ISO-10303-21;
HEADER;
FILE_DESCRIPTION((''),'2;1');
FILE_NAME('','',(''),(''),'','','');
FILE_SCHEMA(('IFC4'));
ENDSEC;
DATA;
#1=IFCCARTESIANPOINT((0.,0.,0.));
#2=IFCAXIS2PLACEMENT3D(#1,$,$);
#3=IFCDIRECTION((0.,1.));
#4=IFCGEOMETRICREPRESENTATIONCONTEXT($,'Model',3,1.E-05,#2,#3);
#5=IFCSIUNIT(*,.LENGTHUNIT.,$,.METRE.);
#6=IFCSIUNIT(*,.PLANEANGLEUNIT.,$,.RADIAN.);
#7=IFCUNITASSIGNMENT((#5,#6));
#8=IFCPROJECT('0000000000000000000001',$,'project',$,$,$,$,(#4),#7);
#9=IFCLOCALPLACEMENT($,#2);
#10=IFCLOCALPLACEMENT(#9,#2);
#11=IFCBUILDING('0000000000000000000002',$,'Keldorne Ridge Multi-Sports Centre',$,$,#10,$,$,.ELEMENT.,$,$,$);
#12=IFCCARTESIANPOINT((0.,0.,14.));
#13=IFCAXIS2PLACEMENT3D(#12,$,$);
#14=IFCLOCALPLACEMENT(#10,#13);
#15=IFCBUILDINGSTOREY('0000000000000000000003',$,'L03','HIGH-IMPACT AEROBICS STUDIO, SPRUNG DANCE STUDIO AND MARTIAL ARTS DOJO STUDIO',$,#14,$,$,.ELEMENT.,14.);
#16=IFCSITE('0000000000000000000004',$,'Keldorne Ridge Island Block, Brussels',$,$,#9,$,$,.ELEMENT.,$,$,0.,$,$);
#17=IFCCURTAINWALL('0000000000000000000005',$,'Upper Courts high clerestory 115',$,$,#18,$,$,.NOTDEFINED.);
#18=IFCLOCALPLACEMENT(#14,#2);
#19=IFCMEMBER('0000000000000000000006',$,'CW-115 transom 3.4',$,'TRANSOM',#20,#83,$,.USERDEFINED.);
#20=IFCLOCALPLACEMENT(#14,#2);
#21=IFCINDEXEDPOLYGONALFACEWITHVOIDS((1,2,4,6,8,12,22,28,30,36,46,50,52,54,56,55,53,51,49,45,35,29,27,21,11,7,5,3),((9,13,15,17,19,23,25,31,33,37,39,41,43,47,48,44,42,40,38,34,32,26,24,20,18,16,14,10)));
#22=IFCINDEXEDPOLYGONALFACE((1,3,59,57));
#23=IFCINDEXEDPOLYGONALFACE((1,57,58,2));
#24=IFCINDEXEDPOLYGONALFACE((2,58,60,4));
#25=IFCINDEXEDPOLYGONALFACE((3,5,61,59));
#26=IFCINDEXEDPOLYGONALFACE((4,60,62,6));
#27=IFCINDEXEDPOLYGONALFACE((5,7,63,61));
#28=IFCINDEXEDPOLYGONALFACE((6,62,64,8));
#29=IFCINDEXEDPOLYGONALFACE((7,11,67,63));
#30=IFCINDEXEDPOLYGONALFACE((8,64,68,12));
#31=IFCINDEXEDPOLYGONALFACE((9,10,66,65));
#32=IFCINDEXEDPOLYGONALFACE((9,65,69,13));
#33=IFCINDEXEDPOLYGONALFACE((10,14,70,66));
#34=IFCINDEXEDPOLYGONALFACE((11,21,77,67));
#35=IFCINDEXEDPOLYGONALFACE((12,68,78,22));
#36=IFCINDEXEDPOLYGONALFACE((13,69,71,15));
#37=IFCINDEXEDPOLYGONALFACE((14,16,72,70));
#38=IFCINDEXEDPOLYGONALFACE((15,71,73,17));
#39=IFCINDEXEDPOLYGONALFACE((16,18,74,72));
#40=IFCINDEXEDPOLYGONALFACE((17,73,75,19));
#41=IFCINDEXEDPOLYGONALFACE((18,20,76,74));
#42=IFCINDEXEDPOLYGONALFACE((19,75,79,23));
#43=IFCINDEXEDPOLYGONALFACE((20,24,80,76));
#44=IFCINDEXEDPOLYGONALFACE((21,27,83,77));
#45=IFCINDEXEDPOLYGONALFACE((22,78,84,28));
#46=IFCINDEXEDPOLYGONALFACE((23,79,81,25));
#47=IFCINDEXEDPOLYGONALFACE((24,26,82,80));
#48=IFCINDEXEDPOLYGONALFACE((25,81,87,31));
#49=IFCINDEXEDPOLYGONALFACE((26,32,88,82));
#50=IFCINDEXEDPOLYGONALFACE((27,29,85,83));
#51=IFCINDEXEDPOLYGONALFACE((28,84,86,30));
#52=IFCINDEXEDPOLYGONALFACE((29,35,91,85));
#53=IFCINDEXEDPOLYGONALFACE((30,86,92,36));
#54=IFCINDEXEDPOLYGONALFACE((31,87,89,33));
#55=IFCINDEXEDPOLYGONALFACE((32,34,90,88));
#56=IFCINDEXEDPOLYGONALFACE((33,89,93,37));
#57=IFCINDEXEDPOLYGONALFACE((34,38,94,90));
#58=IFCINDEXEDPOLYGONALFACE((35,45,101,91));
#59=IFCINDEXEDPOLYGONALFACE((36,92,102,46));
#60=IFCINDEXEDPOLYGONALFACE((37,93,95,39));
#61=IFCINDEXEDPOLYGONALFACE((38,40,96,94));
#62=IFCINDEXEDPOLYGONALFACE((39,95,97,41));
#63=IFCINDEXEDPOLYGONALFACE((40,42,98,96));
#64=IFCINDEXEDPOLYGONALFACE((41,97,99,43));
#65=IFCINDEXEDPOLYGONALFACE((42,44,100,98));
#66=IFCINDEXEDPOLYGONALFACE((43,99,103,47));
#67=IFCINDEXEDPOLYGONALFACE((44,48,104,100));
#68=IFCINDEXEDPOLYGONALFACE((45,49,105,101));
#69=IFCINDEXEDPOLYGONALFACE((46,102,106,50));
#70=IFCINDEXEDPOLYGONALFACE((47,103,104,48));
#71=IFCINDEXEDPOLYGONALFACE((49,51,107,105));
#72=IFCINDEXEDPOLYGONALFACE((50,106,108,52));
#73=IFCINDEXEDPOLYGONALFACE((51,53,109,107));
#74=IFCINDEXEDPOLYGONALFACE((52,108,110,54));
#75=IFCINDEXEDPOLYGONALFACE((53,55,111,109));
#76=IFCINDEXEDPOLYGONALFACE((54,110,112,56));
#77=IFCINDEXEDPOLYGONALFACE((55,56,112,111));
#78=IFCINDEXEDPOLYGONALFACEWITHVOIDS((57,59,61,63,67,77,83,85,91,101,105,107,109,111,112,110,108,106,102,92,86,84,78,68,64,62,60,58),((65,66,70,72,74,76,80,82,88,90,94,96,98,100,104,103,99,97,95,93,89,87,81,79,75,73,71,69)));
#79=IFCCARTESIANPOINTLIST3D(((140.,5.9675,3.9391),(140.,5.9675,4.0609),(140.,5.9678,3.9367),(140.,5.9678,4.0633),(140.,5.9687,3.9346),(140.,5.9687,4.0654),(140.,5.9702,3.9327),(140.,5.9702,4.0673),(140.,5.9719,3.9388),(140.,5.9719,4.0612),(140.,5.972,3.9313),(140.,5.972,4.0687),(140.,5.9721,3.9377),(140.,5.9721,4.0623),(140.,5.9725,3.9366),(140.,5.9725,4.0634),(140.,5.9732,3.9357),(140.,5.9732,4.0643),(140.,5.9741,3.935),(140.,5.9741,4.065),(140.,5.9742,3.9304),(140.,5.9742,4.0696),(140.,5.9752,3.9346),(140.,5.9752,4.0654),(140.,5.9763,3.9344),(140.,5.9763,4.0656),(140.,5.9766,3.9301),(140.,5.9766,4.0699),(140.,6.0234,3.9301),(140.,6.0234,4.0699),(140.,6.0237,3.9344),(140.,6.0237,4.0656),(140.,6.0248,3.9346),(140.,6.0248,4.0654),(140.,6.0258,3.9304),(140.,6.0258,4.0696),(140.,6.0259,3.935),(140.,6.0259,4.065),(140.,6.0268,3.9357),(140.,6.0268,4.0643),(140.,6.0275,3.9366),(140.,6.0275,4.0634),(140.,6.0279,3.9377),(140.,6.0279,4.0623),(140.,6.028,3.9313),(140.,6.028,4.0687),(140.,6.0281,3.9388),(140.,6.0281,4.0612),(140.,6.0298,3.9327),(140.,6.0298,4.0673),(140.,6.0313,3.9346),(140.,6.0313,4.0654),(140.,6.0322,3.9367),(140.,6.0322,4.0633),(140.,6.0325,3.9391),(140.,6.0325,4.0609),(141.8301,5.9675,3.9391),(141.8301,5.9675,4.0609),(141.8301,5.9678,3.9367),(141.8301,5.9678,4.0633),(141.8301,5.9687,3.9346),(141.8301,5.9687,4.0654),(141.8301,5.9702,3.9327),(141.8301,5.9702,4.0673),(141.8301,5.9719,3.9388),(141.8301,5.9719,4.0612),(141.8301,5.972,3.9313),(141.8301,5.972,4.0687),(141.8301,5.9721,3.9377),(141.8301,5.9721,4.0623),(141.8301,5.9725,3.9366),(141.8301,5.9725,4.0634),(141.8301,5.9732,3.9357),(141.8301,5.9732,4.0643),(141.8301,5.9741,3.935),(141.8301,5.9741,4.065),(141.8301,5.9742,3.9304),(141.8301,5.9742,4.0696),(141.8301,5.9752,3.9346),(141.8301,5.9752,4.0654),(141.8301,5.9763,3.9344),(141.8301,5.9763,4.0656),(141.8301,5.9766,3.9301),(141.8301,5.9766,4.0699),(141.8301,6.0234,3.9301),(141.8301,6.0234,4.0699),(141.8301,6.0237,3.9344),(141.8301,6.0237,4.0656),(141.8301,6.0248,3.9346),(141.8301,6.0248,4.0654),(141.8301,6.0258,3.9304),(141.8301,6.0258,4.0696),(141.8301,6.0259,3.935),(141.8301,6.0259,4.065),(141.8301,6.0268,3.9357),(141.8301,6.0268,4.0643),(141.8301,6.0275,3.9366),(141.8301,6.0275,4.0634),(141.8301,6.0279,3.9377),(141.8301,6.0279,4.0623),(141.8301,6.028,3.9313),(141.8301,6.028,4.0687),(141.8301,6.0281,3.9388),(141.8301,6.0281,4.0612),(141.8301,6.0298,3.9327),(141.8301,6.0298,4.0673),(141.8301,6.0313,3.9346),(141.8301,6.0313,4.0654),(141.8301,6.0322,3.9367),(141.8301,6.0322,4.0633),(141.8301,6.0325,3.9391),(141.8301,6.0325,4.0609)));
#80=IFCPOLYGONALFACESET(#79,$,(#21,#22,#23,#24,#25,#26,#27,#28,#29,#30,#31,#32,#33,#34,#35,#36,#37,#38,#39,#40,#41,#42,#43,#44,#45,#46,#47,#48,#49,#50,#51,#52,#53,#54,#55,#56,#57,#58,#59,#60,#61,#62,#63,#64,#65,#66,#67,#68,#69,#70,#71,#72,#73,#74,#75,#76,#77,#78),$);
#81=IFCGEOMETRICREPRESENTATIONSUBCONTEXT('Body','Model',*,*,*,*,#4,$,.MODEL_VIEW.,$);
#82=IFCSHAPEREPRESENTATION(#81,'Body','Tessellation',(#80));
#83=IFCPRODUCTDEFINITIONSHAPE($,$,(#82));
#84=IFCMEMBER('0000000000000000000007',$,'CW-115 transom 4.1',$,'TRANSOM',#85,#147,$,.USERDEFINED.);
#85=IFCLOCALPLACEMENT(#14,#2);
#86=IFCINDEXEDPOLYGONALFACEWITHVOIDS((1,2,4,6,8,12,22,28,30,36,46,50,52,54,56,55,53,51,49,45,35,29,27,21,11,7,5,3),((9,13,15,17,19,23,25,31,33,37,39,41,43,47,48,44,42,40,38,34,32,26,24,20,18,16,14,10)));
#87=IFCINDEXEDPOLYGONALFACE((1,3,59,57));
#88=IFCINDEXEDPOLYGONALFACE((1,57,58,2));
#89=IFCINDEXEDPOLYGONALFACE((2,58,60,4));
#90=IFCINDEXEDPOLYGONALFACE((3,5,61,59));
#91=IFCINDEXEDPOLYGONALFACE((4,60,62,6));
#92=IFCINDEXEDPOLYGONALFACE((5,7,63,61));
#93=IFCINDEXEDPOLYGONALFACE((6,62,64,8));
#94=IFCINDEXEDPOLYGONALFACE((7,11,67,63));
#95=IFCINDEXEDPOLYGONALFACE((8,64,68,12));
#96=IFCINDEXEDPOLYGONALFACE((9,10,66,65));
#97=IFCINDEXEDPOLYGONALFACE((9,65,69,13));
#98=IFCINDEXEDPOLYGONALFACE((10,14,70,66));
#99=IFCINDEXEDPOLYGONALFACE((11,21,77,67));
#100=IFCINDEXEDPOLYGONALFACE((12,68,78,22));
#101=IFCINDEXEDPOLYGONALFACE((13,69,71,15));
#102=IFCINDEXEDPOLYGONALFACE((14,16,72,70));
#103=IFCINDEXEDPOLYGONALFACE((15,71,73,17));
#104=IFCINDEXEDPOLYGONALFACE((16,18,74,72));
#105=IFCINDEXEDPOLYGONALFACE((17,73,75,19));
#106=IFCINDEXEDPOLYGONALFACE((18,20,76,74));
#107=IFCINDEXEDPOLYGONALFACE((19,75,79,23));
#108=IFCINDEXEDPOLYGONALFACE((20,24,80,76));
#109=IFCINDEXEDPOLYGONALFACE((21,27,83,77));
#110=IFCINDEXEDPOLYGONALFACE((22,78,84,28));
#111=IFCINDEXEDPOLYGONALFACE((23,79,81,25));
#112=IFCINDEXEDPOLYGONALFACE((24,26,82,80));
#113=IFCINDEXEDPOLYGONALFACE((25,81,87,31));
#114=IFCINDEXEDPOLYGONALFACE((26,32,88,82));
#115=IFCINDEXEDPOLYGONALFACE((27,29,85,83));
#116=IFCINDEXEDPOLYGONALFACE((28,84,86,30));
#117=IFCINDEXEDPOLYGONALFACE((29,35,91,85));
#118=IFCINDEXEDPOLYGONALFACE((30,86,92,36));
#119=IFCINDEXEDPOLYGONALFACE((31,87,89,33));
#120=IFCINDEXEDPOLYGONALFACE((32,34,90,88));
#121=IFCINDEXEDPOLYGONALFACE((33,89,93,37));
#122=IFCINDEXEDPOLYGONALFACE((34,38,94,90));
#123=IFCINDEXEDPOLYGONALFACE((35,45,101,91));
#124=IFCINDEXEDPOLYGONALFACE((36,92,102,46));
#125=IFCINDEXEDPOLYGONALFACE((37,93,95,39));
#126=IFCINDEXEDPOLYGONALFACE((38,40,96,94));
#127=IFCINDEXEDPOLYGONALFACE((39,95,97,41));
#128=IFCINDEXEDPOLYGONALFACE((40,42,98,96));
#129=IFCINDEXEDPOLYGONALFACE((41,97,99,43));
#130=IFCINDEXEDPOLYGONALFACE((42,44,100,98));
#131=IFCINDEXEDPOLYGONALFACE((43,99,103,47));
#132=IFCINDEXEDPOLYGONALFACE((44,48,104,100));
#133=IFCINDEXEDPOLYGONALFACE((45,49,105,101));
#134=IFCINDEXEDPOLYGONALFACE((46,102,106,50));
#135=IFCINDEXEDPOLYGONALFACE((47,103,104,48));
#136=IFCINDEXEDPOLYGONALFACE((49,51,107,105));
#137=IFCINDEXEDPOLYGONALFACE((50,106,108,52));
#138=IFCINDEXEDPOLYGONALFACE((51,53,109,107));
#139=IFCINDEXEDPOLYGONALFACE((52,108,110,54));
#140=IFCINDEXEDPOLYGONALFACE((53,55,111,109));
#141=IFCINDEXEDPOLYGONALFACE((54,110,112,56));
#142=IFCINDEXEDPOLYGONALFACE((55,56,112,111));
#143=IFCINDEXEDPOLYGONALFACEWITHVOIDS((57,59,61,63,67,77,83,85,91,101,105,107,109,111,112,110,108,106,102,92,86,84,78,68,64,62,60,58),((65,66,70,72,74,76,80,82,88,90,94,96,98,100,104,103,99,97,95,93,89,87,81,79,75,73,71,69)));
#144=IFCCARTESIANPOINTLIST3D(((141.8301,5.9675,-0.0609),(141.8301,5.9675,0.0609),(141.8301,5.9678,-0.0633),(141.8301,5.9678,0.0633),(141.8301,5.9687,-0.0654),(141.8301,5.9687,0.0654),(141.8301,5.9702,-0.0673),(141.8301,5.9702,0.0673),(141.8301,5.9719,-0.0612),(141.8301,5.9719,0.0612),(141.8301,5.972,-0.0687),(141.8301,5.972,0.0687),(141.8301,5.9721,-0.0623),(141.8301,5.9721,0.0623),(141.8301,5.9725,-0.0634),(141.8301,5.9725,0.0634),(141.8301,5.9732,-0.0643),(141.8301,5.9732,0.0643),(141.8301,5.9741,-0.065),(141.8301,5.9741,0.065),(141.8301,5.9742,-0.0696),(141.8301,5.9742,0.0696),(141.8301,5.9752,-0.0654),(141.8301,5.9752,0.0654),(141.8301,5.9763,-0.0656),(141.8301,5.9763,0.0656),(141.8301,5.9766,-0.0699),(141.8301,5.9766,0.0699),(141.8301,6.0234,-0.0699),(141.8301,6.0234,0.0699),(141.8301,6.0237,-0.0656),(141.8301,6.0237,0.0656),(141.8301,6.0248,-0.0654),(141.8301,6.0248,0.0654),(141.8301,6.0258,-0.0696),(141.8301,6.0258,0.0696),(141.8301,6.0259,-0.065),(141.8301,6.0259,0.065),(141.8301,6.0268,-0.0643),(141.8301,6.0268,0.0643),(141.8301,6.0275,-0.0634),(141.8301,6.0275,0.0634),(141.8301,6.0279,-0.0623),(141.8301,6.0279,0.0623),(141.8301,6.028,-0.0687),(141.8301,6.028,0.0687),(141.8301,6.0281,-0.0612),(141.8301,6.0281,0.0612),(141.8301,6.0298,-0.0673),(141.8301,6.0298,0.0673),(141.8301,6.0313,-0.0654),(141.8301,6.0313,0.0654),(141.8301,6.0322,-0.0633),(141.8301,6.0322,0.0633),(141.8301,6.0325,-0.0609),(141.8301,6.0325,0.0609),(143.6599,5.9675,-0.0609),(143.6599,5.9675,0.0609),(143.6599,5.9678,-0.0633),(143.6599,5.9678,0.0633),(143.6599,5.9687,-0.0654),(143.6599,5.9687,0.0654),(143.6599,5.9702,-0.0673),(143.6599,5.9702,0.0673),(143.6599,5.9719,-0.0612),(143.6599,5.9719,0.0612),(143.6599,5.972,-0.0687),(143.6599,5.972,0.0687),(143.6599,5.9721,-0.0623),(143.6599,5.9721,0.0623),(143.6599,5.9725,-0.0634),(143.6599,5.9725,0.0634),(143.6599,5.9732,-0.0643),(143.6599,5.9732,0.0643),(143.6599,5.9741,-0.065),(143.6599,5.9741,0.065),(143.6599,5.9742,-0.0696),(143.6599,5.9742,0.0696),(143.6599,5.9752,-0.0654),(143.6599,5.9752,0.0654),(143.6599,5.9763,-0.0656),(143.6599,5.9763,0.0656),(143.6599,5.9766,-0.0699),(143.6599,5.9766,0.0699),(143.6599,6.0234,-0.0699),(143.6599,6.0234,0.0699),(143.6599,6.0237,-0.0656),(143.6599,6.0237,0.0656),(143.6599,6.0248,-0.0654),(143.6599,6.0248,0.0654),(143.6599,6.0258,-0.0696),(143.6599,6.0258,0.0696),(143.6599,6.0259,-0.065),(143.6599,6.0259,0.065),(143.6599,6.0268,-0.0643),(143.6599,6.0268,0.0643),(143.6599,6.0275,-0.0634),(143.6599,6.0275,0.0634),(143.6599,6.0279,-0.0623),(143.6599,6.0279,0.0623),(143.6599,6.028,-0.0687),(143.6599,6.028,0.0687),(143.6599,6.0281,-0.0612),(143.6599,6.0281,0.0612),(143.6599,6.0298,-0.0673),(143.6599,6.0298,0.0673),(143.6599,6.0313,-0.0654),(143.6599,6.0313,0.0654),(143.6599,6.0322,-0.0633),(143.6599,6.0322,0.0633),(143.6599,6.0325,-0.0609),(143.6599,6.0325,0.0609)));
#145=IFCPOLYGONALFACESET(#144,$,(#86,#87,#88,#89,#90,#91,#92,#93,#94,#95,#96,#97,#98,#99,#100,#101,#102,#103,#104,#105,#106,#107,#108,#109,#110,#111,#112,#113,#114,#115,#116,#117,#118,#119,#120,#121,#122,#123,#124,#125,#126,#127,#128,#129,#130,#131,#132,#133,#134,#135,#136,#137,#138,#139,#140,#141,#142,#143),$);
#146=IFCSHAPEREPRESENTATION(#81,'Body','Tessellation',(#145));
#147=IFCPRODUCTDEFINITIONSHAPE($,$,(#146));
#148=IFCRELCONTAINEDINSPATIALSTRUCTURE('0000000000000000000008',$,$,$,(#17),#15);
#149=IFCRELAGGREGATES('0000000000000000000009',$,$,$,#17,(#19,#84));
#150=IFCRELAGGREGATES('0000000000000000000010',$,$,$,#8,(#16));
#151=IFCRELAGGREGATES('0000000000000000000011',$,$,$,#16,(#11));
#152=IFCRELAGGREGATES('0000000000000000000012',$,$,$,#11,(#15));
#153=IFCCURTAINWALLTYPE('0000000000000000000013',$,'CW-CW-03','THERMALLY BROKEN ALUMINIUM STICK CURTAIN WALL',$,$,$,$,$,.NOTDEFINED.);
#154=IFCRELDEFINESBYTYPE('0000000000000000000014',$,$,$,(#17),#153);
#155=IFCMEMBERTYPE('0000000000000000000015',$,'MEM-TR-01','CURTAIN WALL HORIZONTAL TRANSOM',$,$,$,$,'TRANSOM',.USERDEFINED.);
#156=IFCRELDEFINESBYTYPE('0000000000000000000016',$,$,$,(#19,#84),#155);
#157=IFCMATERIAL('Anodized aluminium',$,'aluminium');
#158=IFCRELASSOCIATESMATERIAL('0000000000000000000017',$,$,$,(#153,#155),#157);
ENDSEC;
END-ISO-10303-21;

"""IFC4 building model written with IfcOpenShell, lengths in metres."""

from ifc_helpers import new_model, si_unit, direction, frame, origin, origin_2d, place, context, subcontext, project, spatial, hollow_rectangle, extrude, material, material_profile, profile_set, type_object, element, aggregate, save


model = new_model("IFC4")

# Units and contexts
model_context = context("Model", 3, precision=1e-05, world=origin(), true_north=direction((0.0, 1.0)))
body_context = subcontext(model_context, "Body", "Model", "MODEL_VIEW")
ifc_project = project(units=[si_unit("LENGTHUNIT", "METRE"), si_unit("PLANEANGLEUNIT", "RADIAN")], contexts=[model_context])

# Site, building, storey
site_placement = place(None, origin())
site = spatial("IfcSite", under=ifc_project, at=site_placement, Name="Keldorne Ridge Island Block, Brussels", CompositionType="ELEMENT", RefElevation=0.0)
building_placement = place(site_placement, origin())
building = spatial("IfcBuilding", under=site, at=building_placement, Name="Keldorne Ridge Multi-Sports Centre", CompositionType="ELEMENT")
storey_placement = place(building_placement, frame((0.0, 0.0, 14.0)))
storey = spatial("IfcBuildingStorey", under=building, at=storey_placement, Name="L03", Description="HIGH-IMPACT AEROBICS STUDIO, SPRUNG DANCE STUDIO AND MARTIAL ARTS DOJO STUDIO", CompositionType="ELEMENT", Elevation=14.0)

# Curtain wall
ifc_material_1 = material(Name="Anodized aluminium", Category="aluminium")
curtain_wall_type = type_object("IfcCurtainWallType", Name="CW-CW-03", Description="THERMALLY BROKEN ALUMINIUM STICK CURTAIN WALL", PredefinedType="NOTDEFINED", material=ifc_material_1)
curtain_wall_placement = place(storey_placement, origin())
curtain_wall = element("IfcCurtainWall", 1, at=curtain_wall_placement, inside=storey, type_object=curtain_wall_type, Name="Upper Courts high clerestory 115", PredefinedType="NOTDEFINED")

# Members
ifc_material_profile_1 = material_profile(ifc_material_1, hollow_rectangle(XDim=0.0649, YDim=0.1399, WallThickness=0.0044, InnerFilletRadius=0.0044, OuterFilletRadius=0.009, at=origin_2d()), Name="ALU TRANSOM 140x65x4.5")
ifc_profile_set_1 = profile_set([ifc_material_profile_1], Name="Anodized aluminium")
member_type_1 = type_object("IfcMemberType", Name="MEM-TR-01", Description="CURTAIN WALL HORIZONTAL TRANSOM", ElementType="TRANSOM", PredefinedType="USERDEFINED", material=ifc_profile_set_1)
member_1_placement = place(storey_placement, frame((140.0, 6.0, 4.0), z_axis=(1.0, 0.0, 0.0), x_axis=(0.0, 1.0, 0.0)))
member_1 = element("IfcMember", 2, at=member_1_placement, type_object=member_type_1, Name="CW-115 transom 3.4", ObjectType="TRANSOM", PredefinedType="USERDEFINED", context=body_context, shape_type="SweptSolid", body=[
    extrude(hollow_rectangle(XDim=0.0649, YDim=0.1399, WallThickness=0.0044, InnerFilletRadius=0.0044, OuterFilletRadius=0.009, at=origin_2d()), origin(), (0.0, 0.0, 1.0), 1.8301),
])
member_2_placement = place(storey_placement, frame((141.8301, 6.0, 0.0), z_axis=(1.0, 0.0, 0.0), x_axis=(0.0, 1.0, 0.0)))
member_2 = element("IfcMember", 3, at=member_2_placement, type_object=member_type_1, Name="CW-115 transom 4.1", ObjectType="TRANSOM", PredefinedType="USERDEFINED", context=body_context, shape_type="SweptSolid", body=[
    extrude(hollow_rectangle(XDim=0.0649, YDim=0.1399, WallThickness=0.0044, InnerFilletRadius=0.0044, OuterFilletRadius=0.009, at=origin_2d()), origin(), (0.0, 0.0, 1.0), 1.8298),
])

aggregate(curtain_wall, [member_1, member_2])

save(model, "model.ifc")
